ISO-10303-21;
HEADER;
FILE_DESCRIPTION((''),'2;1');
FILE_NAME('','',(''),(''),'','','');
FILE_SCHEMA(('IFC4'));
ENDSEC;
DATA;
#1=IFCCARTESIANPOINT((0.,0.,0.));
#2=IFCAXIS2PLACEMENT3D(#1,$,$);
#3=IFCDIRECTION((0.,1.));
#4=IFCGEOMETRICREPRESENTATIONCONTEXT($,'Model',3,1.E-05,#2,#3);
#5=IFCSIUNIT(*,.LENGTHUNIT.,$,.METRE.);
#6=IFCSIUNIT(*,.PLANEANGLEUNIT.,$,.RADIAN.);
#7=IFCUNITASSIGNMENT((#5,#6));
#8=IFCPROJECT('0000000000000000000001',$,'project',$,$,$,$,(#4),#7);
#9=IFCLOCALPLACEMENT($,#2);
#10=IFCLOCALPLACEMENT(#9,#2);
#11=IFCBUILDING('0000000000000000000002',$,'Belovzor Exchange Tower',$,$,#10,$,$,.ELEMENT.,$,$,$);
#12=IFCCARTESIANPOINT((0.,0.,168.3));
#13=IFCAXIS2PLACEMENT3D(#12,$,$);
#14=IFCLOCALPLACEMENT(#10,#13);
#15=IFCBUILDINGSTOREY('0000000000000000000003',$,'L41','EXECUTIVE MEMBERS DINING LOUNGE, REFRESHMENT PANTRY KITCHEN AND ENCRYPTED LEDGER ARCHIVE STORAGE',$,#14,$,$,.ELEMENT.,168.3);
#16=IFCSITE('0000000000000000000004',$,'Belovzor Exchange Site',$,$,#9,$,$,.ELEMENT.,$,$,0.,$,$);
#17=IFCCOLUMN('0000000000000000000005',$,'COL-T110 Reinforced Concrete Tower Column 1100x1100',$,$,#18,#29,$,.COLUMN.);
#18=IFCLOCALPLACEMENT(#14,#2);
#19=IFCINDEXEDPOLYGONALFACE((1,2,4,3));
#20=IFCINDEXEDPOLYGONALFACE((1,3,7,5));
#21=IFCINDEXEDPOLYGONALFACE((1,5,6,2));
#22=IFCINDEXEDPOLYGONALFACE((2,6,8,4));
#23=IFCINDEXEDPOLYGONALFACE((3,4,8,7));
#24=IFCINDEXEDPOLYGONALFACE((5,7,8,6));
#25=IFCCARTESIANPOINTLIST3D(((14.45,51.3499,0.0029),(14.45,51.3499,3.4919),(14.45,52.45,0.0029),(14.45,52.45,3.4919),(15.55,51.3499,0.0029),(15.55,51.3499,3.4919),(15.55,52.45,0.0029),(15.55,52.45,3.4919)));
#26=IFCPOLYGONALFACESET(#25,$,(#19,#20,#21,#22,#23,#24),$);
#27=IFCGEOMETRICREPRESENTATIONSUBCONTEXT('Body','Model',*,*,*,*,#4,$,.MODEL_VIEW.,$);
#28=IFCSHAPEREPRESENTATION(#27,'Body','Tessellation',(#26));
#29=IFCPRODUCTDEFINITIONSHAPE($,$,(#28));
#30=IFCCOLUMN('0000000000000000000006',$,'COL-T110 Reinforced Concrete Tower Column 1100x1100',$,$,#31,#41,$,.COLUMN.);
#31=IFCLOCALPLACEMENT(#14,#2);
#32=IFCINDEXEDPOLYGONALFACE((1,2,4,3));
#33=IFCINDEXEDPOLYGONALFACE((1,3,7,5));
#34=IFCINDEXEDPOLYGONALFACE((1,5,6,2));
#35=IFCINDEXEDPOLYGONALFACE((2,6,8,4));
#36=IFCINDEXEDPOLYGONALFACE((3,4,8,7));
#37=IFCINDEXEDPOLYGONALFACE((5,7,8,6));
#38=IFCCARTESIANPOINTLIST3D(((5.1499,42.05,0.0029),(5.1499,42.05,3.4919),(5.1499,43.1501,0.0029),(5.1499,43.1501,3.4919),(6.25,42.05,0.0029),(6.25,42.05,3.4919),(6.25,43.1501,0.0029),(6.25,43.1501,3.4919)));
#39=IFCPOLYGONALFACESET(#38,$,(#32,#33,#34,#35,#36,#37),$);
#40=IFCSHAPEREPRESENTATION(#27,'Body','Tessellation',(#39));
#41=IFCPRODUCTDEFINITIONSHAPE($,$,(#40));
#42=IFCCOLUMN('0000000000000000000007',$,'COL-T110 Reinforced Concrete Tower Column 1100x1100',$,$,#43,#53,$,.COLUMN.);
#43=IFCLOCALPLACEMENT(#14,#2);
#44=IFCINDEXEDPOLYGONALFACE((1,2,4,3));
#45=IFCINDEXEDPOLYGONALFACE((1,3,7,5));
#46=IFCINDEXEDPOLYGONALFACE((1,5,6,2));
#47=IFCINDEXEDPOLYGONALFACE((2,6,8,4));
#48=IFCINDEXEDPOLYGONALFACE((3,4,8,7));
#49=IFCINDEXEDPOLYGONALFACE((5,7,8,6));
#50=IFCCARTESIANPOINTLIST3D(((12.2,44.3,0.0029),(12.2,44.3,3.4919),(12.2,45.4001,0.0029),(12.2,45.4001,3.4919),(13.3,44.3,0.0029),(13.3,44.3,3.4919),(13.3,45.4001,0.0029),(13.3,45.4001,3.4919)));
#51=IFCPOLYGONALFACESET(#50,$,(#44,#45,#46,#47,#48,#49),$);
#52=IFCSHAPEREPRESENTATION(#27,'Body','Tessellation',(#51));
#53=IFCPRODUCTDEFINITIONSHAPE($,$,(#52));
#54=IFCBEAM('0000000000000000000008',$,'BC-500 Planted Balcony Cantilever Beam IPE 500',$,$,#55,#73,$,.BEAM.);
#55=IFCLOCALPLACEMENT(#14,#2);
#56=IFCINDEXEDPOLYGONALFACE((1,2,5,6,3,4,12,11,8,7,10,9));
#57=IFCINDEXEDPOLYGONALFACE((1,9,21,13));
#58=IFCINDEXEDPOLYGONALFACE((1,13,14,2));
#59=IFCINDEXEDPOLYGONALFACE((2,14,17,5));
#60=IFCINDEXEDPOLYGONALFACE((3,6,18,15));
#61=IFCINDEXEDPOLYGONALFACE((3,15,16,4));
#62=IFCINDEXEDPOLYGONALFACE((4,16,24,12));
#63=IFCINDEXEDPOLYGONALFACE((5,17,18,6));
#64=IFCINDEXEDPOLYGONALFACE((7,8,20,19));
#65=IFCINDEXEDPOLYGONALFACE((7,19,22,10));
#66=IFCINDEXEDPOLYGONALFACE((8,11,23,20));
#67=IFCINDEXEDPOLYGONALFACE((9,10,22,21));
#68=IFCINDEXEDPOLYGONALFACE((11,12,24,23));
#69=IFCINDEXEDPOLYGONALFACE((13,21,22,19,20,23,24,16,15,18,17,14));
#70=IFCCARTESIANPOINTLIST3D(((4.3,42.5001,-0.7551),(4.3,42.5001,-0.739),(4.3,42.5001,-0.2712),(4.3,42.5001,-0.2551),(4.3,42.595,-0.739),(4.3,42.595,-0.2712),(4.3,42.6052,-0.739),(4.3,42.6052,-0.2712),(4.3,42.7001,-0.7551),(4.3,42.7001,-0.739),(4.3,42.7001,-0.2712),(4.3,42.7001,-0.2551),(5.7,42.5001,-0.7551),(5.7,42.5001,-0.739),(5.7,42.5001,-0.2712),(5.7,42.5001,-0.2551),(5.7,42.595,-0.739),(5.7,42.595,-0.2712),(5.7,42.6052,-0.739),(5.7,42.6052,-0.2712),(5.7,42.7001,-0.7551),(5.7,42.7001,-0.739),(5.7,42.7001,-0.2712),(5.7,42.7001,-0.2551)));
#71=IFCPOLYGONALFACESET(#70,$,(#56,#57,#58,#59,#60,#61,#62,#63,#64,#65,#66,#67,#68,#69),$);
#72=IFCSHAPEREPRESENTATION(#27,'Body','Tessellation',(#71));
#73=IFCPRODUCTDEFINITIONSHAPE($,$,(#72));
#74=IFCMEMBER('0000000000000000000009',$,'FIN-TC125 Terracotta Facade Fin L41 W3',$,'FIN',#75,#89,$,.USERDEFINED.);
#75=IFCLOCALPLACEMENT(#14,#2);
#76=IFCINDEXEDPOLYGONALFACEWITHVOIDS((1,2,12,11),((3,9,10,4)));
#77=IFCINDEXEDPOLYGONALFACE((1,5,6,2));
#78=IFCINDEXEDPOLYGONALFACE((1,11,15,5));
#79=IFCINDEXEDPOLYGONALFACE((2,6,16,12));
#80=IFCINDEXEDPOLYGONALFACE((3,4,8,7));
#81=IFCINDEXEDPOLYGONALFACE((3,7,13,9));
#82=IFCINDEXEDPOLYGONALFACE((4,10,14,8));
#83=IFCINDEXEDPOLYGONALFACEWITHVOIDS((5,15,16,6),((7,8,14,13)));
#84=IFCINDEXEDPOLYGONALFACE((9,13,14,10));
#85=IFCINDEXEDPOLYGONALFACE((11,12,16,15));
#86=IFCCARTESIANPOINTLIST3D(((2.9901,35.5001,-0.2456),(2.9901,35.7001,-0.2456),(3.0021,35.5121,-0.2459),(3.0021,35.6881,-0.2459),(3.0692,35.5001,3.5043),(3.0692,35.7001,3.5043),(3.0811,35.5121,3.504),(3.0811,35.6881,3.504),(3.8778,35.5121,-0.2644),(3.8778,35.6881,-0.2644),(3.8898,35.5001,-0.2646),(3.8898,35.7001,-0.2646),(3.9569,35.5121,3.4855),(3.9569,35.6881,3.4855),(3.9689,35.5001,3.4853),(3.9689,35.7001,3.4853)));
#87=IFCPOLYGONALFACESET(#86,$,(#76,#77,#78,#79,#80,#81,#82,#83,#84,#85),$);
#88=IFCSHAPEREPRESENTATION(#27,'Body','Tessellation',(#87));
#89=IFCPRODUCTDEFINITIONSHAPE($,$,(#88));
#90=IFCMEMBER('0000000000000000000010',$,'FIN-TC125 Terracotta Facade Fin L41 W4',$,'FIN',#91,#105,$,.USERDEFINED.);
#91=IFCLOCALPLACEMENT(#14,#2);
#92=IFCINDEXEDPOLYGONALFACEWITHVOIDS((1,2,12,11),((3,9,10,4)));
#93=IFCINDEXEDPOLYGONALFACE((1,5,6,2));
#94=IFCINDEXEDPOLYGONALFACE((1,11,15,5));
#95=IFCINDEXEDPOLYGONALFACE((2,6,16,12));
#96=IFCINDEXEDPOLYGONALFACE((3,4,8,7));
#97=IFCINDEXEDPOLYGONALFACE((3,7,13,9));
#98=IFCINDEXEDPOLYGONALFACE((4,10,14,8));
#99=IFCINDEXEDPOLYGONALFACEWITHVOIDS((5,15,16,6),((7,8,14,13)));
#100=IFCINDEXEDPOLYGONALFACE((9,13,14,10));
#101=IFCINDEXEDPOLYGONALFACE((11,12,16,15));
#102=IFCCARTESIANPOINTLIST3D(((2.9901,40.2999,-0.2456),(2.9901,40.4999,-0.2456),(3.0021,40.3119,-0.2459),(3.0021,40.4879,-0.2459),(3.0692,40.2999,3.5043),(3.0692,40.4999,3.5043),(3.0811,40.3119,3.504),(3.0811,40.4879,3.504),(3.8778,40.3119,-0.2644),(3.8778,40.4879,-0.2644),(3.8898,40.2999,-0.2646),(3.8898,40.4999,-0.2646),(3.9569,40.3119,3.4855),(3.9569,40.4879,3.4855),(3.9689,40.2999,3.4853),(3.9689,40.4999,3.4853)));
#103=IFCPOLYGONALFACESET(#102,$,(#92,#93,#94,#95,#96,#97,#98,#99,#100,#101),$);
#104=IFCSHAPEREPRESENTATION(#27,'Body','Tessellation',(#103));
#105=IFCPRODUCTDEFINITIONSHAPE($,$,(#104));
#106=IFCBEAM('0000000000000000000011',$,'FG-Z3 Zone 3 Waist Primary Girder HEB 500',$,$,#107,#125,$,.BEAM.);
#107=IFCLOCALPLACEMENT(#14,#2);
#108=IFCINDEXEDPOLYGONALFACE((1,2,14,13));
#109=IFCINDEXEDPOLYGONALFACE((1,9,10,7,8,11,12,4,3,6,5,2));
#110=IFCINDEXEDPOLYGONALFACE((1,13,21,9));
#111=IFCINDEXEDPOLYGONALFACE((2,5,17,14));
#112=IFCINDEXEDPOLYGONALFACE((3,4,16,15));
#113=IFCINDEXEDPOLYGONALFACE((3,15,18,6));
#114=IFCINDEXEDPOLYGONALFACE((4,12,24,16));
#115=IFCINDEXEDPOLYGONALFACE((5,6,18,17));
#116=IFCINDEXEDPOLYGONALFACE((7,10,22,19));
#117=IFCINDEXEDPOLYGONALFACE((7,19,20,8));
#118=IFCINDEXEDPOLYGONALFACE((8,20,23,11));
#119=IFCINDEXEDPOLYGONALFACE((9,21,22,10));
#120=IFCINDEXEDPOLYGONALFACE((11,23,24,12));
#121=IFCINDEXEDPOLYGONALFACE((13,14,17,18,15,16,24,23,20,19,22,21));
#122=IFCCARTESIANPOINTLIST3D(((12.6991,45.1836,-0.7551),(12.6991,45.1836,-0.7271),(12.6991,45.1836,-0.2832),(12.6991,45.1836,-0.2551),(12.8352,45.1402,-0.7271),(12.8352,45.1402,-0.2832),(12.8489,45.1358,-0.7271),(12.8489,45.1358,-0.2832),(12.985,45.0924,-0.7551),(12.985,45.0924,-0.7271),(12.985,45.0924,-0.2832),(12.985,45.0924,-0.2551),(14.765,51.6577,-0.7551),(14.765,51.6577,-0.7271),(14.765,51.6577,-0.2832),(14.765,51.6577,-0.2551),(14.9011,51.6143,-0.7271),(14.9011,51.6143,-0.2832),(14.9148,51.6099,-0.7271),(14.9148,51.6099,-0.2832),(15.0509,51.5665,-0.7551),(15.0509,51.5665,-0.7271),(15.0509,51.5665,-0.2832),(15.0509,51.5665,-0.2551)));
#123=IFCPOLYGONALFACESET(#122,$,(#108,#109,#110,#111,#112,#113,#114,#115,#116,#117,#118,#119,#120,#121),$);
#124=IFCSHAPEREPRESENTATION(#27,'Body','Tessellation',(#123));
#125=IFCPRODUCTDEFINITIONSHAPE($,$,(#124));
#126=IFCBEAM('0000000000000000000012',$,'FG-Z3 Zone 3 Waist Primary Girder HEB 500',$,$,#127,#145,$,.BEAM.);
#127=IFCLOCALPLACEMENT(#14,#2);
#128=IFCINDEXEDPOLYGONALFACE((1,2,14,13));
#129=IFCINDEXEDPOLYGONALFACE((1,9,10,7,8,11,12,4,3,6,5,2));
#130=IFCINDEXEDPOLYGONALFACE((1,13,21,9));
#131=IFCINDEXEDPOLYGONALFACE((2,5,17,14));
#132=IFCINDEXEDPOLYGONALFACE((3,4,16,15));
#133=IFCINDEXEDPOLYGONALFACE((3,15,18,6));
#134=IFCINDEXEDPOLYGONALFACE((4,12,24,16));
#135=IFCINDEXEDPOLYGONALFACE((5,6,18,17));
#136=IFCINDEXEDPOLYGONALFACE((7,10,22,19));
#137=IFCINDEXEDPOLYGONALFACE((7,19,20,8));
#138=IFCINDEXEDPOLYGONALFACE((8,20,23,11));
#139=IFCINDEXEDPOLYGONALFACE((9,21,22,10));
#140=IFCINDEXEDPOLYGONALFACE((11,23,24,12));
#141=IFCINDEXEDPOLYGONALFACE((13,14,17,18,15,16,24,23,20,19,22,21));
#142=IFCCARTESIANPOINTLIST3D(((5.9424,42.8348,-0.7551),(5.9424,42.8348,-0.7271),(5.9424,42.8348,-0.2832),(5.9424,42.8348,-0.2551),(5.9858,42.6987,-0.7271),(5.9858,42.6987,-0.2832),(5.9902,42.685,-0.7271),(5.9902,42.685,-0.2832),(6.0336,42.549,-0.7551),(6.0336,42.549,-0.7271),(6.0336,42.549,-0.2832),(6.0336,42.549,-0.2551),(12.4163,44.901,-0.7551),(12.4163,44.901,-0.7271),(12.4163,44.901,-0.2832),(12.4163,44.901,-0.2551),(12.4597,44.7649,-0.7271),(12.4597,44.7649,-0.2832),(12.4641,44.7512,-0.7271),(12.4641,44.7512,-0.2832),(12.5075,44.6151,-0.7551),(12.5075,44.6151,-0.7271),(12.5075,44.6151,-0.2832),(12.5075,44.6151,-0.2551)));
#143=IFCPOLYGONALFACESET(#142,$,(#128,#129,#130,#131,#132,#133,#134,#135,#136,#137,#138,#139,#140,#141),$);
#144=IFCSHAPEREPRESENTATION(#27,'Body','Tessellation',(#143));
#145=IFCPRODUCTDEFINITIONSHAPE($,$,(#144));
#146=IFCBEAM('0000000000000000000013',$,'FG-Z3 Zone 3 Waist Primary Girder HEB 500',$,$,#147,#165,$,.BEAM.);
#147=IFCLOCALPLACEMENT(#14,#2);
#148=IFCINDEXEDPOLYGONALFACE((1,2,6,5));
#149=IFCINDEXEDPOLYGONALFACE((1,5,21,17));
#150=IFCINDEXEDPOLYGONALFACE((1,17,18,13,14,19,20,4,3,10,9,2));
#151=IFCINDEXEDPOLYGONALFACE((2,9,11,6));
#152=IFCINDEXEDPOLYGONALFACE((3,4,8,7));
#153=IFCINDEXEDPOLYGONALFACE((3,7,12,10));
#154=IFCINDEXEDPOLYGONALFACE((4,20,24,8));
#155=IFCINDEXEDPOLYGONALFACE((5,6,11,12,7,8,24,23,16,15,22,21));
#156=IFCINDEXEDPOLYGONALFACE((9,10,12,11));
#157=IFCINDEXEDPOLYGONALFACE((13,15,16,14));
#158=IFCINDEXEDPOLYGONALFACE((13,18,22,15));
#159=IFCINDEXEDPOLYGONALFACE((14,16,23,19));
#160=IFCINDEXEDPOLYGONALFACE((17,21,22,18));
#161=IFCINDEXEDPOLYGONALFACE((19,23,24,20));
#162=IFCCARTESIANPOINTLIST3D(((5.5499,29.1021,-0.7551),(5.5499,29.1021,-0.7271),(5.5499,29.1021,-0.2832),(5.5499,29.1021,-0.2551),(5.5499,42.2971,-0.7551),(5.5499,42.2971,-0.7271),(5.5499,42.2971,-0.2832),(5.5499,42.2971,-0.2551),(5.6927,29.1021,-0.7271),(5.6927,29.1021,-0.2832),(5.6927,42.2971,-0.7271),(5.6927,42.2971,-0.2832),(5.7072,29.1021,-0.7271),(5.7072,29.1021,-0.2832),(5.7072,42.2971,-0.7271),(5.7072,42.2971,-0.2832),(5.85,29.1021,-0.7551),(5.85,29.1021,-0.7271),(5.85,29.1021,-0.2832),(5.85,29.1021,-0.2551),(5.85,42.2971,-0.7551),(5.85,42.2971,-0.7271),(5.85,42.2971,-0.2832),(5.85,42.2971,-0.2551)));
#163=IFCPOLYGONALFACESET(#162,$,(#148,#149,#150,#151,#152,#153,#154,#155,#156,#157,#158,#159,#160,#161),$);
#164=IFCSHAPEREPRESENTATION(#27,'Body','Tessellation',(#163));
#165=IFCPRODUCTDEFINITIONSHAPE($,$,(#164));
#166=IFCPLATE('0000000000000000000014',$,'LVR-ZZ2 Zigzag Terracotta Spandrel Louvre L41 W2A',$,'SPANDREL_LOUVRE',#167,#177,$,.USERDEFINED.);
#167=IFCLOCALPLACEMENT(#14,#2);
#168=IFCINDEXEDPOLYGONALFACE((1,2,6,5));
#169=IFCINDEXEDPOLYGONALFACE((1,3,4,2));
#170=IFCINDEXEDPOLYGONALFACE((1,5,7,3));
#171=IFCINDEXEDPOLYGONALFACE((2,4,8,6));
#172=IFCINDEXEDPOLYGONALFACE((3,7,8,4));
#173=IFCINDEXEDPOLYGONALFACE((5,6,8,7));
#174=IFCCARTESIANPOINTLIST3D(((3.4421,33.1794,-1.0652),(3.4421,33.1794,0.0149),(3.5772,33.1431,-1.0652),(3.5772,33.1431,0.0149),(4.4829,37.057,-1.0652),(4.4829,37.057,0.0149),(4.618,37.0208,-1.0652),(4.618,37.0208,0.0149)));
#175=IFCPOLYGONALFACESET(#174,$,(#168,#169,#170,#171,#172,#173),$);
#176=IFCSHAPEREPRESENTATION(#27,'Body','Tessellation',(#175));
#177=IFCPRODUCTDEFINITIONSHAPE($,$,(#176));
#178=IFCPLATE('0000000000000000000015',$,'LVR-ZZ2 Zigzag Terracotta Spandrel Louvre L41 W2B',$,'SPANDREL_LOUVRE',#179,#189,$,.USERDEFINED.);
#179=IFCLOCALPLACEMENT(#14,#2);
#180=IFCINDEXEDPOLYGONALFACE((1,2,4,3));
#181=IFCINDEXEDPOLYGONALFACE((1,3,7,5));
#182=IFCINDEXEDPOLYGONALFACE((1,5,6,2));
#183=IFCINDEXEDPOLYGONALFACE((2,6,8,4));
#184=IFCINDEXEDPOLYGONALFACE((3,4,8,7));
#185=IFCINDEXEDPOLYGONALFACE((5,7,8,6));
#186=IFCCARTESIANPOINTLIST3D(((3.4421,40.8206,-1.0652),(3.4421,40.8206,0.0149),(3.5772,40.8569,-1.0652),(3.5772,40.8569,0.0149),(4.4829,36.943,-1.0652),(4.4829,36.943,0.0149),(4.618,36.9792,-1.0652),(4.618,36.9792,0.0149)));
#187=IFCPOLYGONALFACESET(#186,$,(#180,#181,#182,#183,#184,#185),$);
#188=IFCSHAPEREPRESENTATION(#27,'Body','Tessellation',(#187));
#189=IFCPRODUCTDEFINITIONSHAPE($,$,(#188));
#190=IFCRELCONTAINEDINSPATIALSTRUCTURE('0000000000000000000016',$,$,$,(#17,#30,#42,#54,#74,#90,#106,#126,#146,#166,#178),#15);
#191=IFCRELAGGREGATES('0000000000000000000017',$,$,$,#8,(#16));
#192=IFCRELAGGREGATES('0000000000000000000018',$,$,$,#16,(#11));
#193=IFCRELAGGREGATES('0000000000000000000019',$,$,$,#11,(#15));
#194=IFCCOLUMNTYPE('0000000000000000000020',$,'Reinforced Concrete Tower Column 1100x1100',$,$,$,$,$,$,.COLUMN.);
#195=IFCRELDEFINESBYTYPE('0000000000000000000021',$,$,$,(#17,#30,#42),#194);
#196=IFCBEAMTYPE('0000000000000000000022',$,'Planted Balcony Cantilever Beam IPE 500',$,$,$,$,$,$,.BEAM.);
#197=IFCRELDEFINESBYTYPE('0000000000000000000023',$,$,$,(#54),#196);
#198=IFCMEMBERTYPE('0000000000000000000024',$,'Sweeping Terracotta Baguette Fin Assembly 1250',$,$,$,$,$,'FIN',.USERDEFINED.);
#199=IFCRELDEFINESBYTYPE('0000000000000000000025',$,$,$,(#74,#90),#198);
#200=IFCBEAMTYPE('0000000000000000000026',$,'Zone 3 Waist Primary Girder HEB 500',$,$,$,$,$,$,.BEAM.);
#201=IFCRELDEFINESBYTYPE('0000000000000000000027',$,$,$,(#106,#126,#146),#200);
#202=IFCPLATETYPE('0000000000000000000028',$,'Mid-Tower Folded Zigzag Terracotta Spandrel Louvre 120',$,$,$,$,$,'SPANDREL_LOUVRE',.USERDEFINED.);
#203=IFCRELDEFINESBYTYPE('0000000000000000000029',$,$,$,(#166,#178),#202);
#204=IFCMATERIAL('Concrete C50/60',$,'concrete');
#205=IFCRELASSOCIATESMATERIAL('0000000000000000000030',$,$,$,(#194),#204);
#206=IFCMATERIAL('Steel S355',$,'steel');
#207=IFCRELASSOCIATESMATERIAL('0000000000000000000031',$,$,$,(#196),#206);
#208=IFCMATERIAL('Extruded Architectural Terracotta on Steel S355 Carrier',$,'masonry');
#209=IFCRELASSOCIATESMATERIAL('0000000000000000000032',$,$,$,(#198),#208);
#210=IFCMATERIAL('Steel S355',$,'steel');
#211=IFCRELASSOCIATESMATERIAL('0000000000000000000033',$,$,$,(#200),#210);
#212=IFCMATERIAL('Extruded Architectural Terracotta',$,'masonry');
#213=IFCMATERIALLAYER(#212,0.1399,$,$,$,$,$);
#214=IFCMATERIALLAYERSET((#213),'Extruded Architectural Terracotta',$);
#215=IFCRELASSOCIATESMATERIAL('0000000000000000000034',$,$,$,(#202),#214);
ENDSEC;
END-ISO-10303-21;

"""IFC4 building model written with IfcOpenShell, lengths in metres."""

from ifc_helpers import new_model, si_unit, direction, frame, origin, origin_2d, place, context, subcontext, project, spatial, rectangle, hollow_rectangle, i_section, extrude, material, layer, layer_set, material_profile, profile_set, type_object, element, save


model = new_model("IFC4")

# Units and contexts
model_context = context("Model", 3, precision=1e-05, world=origin(), true_north=direction((0.0, 1.0)))
body_context = subcontext(model_context, "Body", "Model", "MODEL_VIEW")
ifc_project = project(units=[si_unit("LENGTHUNIT", "METRE"), si_unit("PLANEANGLEUNIT", "RADIAN")], contexts=[model_context])

# Site, building, storey
site_placement = place(None, origin())
site = spatial("IfcSite", under=ifc_project, at=site_placement, Name="Belovzor Exchange Site", CompositionType="ELEMENT", RefElevation=0.0)
building_placement = place(site_placement, origin())
building = spatial("IfcBuilding", under=site, at=building_placement, Name="Belovzor Exchange Tower", CompositionType="ELEMENT")
storey_placement = place(building_placement, frame((0.0, 0.0, 168.3)))
storey = spatial("IfcBuildingStorey", under=building, at=storey_placement, Name="L41", Description="EXECUTIVE MEMBERS DINING LOUNGE, REFRESHMENT PANTRY KITCHEN AND ENCRYPTED LEDGER ARCHIVE STORAGE", CompositionType="ELEMENT", Elevation=168.3)

# Columns
ifc_material_1 = material(Name="Concrete C50/60", Category="concrete")
ifc_material_profile_1 = material_profile(ifc_material_1, rectangle(XDim=1.1001, YDim=1.1001, at=origin_2d()))
ifc_profile_set_1 = profile_set([ifc_material_profile_1], Name="Concrete C50/60")
column_type = type_object("IfcColumnType", Name="Reinforced Concrete Tower Column 1100x1100", PredefinedType="COLUMN", material=ifc_profile_set_1)
for number, where, z_axis, x_axis, name in (
    (1, (15.0, 51.8999, 0.0029), (0.0, 0.0, 1.0), (1.0, 0.0, 0.0), "COL-T110 Reinforced Concrete Tower Column 1100x1100"),
    (2, (5.7, 42.6001, 0.0029), (0.0, 0.0, 1.0), (1.0, 0.0, 0.0), "COL-T110 Reinforced Concrete Tower Column 1100x1100"),
    (3, (12.75, 44.8501, 0.0029), (0.0, 0.0, 1.0), (1.0, 0.0, 0.0), "COL-T110 Reinforced Concrete Tower Column 1100x1100"),
):
    element("IfcColumn", number, at=place(storey_placement, frame(where, z_axis=z_axis, x_axis=x_axis)), inside=storey, type_object=column_type, Name=name, PredefinedType="COLUMN", context=body_context, shape_type="SweptSolid", body=[
        extrude(rectangle(XDim=1.1001, YDim=1.1001, at=origin_2d()), origin(), (0.0, 0.0, 1.0), 3.489),
    ])

# Beam
ifc_material_2 = material(Name="Steel S355", Category="steel")
ifc_material_profile_2 = material_profile(ifc_material_2, i_section(OverallWidth=0.2, OverallDepth=0.5, WebThickness=0.0103, FlangeThickness=0.0161, at=origin_2d()))
ifc_profile_set_2 = profile_set([ifc_material_profile_2], Name="Steel S355")
beam_type_1 = type_object("IfcBeamType", Name="Planted Balcony Cantilever Beam IPE 500", PredefinedType="BEAM", material=ifc_profile_set_2)
beam_1_placement = place(storey_placement, frame((5.7, 42.6001, -0.5051), z_axis=(-1.0, 0.0, 0.0), x_axis=(0.0, -1.0, 0.0)))
element("IfcBeam", 4, at=beam_1_placement, inside=storey, type_object=beam_type_1, Name="BC-500 Planted Balcony Cantilever Beam IPE 500", PredefinedType="BEAM", context=body_context, shape_type="SweptSolid", body=[
    extrude(i_section(OverallWidth=0.2, OverallDepth=0.5, WebThickness=0.0103, FlangeThickness=0.0161, at=origin_2d()), origin(), (0.0, 0.0, 1.0), 1.3999),
])

# Members
ifc_material_3 = material(Name="Extruded Architectural Terracotta on Steel S355 Carrier", Category="masonry")
ifc_material_profile_3 = material_profile(ifc_material_3, hollow_rectangle(XDim=0.2, YDim=0.8999, WallThickness=0.012, at=origin_2d()))
ifc_profile_set_3 = profile_set([ifc_material_profile_3], Name="Extruded Architectural Terracotta on Steel S355 Carrier")
member_type = type_object("IfcMemberType", Name="Sweeping Terracotta Baguette Fin Assembly 1250", ElementType="FIN", PredefinedType="USERDEFINED", material=ifc_profile_set_3)
for number, where, z_axis, x_axis, name in (
    (5, (3.4399, 35.6001, -0.2551), (0.021089, 0.0, 0.999778), (0.0, 1.0, 0.0), "FIN-TC125 Terracotta Facade Fin L41 W3"),
    (6, (3.4399, 40.3999, -0.2551), (0.021089, 0.0, 0.999778), (0.0, 1.0, 0.0), "FIN-TC125 Terracotta Facade Fin L41 W4"),
):
    element("IfcMember", number, at=place(storey_placement, frame(where, z_axis=z_axis, x_axis=x_axis)), inside=storey, type_object=member_type, Name=name, ObjectType="FIN", PredefinedType="USERDEFINED", context=body_context, shape_type="SweptSolid", body=[
        extrude(hollow_rectangle(XDim=0.2, YDim=0.8999, WallThickness=0.012, at=origin_2d()), origin(), (0.0, 0.0, 1.0), 3.7507),
    ])

# Beams
ifc_material_4 = material(Name="Steel S355", Category="steel")
ifc_material_profile_4 = material_profile(ifc_material_4, i_section(OverallWidth=0.3, OverallDepth=0.5, WebThickness=0.0144, FlangeThickness=0.0281, at=origin_2d()))
ifc_profile_set_4 = profile_set([ifc_material_profile_4], Name="Steel S355")
beam_type_2 = type_object("IfcBeamType", Name="Zone 3 Waist Primary Girder HEB 500", PredefinedType="BEAM", material=ifc_profile_set_4)
for number, where, z_axis, x_axis, name in (
    (7, (14.908, 51.6121, -0.5051), (-0.304001, -0.952672, 0.0), (0.952672, -0.304001, 0.0), "FG-Z3 Zone 3 Waist Primary Girder HEB 500"),
    (8, (12.4619, 44.7581, -0.5051), (-0.952658, -0.304044, 0.0), (0.304044, -0.952658, 0.0), "FG-Z3 Zone 3 Waist Primary Girder HEB 500"),
):
    element("IfcBeam", number, at=place(storey_placement, frame(where, z_axis=z_axis, x_axis=x_axis)), inside=storey, type_object=beam_type_2, Name=name, PredefinedType="BEAM", context=body_context, shape_type="SweptSolid", body=[
        extrude(i_section(OverallWidth=0.3, OverallDepth=0.5, WebThickness=0.0144, FlangeThickness=0.0281, at=origin_2d()), origin(), (0.0, 0.0, 1.0), 6.7957),
    ])
beam_2_placement = place(storey_placement, frame((5.7, 42.2971, -0.5051), z_axis=(0.0, -1.0, 0.0), x_axis=(1.0, 0.0, 0.0)))
element("IfcBeam", 9, at=beam_2_placement, inside=storey, type_object=beam_type_2, Name="FG-Z3 Zone 3 Waist Primary Girder HEB 500", PredefinedType="BEAM", context=body_context, shape_type="SweptSolid", body=[
    extrude(i_section(OverallWidth=0.3, OverallDepth=0.5, WebThickness=0.0144, FlangeThickness=0.0281, at=origin_2d()), origin(), (0.0, 0.0, 1.0), 13.1951),
])

# Plates
ifc_material_5 = material(Name="Extruded Architectural Terracotta", Category="masonry")
ifc_layer_1 = layer(ifc_material_5, 0.1399)
ifc_layer_set_1 = layer_set([ifc_layer_1], Name="Extruded Architectural Terracotta")
plate_type = type_object("IfcPlateType", Name="Mid-Tower Folded Zigzag Terracotta Spandrel Louvre 120", ElementType="SPANDREL_LOUVRE", PredefinedType="USERDEFINED", material=ifc_layer_set_1)
for number, where, z_axis, x_axis, name in (
    (10, (4.03, 35.1001, -1.0652), (0.0, 0.0, 1.0), (0.25924, 0.965813, 0.0), "LVR-ZZ2 Zigzag Terracotta Spandrel Louvre L41 W2A"),
    (11, (4.03, 38.8999, -1.0652), (0.0, 0.0, 1.0), (-0.25924, 0.965813, 0.0), "LVR-ZZ2 Zigzag Terracotta Spandrel Louvre L41 W2B"),
):
    element("IfcPlate", number, at=place(storey_placement, frame(where, z_axis=z_axis, x_axis=x_axis)), inside=storey, type_object=plate_type, Name=name, ObjectType="SPANDREL_LOUVRE", PredefinedType="USERDEFINED", context=body_context, shape_type="SweptSolid", body=[
        extrude(rectangle(XDim=4.0149, YDim=0.1399, at=origin_2d()), origin(), (0.0, 0.0, 1.0), 1.0801),
    ])

save(model, "model.ifc")
